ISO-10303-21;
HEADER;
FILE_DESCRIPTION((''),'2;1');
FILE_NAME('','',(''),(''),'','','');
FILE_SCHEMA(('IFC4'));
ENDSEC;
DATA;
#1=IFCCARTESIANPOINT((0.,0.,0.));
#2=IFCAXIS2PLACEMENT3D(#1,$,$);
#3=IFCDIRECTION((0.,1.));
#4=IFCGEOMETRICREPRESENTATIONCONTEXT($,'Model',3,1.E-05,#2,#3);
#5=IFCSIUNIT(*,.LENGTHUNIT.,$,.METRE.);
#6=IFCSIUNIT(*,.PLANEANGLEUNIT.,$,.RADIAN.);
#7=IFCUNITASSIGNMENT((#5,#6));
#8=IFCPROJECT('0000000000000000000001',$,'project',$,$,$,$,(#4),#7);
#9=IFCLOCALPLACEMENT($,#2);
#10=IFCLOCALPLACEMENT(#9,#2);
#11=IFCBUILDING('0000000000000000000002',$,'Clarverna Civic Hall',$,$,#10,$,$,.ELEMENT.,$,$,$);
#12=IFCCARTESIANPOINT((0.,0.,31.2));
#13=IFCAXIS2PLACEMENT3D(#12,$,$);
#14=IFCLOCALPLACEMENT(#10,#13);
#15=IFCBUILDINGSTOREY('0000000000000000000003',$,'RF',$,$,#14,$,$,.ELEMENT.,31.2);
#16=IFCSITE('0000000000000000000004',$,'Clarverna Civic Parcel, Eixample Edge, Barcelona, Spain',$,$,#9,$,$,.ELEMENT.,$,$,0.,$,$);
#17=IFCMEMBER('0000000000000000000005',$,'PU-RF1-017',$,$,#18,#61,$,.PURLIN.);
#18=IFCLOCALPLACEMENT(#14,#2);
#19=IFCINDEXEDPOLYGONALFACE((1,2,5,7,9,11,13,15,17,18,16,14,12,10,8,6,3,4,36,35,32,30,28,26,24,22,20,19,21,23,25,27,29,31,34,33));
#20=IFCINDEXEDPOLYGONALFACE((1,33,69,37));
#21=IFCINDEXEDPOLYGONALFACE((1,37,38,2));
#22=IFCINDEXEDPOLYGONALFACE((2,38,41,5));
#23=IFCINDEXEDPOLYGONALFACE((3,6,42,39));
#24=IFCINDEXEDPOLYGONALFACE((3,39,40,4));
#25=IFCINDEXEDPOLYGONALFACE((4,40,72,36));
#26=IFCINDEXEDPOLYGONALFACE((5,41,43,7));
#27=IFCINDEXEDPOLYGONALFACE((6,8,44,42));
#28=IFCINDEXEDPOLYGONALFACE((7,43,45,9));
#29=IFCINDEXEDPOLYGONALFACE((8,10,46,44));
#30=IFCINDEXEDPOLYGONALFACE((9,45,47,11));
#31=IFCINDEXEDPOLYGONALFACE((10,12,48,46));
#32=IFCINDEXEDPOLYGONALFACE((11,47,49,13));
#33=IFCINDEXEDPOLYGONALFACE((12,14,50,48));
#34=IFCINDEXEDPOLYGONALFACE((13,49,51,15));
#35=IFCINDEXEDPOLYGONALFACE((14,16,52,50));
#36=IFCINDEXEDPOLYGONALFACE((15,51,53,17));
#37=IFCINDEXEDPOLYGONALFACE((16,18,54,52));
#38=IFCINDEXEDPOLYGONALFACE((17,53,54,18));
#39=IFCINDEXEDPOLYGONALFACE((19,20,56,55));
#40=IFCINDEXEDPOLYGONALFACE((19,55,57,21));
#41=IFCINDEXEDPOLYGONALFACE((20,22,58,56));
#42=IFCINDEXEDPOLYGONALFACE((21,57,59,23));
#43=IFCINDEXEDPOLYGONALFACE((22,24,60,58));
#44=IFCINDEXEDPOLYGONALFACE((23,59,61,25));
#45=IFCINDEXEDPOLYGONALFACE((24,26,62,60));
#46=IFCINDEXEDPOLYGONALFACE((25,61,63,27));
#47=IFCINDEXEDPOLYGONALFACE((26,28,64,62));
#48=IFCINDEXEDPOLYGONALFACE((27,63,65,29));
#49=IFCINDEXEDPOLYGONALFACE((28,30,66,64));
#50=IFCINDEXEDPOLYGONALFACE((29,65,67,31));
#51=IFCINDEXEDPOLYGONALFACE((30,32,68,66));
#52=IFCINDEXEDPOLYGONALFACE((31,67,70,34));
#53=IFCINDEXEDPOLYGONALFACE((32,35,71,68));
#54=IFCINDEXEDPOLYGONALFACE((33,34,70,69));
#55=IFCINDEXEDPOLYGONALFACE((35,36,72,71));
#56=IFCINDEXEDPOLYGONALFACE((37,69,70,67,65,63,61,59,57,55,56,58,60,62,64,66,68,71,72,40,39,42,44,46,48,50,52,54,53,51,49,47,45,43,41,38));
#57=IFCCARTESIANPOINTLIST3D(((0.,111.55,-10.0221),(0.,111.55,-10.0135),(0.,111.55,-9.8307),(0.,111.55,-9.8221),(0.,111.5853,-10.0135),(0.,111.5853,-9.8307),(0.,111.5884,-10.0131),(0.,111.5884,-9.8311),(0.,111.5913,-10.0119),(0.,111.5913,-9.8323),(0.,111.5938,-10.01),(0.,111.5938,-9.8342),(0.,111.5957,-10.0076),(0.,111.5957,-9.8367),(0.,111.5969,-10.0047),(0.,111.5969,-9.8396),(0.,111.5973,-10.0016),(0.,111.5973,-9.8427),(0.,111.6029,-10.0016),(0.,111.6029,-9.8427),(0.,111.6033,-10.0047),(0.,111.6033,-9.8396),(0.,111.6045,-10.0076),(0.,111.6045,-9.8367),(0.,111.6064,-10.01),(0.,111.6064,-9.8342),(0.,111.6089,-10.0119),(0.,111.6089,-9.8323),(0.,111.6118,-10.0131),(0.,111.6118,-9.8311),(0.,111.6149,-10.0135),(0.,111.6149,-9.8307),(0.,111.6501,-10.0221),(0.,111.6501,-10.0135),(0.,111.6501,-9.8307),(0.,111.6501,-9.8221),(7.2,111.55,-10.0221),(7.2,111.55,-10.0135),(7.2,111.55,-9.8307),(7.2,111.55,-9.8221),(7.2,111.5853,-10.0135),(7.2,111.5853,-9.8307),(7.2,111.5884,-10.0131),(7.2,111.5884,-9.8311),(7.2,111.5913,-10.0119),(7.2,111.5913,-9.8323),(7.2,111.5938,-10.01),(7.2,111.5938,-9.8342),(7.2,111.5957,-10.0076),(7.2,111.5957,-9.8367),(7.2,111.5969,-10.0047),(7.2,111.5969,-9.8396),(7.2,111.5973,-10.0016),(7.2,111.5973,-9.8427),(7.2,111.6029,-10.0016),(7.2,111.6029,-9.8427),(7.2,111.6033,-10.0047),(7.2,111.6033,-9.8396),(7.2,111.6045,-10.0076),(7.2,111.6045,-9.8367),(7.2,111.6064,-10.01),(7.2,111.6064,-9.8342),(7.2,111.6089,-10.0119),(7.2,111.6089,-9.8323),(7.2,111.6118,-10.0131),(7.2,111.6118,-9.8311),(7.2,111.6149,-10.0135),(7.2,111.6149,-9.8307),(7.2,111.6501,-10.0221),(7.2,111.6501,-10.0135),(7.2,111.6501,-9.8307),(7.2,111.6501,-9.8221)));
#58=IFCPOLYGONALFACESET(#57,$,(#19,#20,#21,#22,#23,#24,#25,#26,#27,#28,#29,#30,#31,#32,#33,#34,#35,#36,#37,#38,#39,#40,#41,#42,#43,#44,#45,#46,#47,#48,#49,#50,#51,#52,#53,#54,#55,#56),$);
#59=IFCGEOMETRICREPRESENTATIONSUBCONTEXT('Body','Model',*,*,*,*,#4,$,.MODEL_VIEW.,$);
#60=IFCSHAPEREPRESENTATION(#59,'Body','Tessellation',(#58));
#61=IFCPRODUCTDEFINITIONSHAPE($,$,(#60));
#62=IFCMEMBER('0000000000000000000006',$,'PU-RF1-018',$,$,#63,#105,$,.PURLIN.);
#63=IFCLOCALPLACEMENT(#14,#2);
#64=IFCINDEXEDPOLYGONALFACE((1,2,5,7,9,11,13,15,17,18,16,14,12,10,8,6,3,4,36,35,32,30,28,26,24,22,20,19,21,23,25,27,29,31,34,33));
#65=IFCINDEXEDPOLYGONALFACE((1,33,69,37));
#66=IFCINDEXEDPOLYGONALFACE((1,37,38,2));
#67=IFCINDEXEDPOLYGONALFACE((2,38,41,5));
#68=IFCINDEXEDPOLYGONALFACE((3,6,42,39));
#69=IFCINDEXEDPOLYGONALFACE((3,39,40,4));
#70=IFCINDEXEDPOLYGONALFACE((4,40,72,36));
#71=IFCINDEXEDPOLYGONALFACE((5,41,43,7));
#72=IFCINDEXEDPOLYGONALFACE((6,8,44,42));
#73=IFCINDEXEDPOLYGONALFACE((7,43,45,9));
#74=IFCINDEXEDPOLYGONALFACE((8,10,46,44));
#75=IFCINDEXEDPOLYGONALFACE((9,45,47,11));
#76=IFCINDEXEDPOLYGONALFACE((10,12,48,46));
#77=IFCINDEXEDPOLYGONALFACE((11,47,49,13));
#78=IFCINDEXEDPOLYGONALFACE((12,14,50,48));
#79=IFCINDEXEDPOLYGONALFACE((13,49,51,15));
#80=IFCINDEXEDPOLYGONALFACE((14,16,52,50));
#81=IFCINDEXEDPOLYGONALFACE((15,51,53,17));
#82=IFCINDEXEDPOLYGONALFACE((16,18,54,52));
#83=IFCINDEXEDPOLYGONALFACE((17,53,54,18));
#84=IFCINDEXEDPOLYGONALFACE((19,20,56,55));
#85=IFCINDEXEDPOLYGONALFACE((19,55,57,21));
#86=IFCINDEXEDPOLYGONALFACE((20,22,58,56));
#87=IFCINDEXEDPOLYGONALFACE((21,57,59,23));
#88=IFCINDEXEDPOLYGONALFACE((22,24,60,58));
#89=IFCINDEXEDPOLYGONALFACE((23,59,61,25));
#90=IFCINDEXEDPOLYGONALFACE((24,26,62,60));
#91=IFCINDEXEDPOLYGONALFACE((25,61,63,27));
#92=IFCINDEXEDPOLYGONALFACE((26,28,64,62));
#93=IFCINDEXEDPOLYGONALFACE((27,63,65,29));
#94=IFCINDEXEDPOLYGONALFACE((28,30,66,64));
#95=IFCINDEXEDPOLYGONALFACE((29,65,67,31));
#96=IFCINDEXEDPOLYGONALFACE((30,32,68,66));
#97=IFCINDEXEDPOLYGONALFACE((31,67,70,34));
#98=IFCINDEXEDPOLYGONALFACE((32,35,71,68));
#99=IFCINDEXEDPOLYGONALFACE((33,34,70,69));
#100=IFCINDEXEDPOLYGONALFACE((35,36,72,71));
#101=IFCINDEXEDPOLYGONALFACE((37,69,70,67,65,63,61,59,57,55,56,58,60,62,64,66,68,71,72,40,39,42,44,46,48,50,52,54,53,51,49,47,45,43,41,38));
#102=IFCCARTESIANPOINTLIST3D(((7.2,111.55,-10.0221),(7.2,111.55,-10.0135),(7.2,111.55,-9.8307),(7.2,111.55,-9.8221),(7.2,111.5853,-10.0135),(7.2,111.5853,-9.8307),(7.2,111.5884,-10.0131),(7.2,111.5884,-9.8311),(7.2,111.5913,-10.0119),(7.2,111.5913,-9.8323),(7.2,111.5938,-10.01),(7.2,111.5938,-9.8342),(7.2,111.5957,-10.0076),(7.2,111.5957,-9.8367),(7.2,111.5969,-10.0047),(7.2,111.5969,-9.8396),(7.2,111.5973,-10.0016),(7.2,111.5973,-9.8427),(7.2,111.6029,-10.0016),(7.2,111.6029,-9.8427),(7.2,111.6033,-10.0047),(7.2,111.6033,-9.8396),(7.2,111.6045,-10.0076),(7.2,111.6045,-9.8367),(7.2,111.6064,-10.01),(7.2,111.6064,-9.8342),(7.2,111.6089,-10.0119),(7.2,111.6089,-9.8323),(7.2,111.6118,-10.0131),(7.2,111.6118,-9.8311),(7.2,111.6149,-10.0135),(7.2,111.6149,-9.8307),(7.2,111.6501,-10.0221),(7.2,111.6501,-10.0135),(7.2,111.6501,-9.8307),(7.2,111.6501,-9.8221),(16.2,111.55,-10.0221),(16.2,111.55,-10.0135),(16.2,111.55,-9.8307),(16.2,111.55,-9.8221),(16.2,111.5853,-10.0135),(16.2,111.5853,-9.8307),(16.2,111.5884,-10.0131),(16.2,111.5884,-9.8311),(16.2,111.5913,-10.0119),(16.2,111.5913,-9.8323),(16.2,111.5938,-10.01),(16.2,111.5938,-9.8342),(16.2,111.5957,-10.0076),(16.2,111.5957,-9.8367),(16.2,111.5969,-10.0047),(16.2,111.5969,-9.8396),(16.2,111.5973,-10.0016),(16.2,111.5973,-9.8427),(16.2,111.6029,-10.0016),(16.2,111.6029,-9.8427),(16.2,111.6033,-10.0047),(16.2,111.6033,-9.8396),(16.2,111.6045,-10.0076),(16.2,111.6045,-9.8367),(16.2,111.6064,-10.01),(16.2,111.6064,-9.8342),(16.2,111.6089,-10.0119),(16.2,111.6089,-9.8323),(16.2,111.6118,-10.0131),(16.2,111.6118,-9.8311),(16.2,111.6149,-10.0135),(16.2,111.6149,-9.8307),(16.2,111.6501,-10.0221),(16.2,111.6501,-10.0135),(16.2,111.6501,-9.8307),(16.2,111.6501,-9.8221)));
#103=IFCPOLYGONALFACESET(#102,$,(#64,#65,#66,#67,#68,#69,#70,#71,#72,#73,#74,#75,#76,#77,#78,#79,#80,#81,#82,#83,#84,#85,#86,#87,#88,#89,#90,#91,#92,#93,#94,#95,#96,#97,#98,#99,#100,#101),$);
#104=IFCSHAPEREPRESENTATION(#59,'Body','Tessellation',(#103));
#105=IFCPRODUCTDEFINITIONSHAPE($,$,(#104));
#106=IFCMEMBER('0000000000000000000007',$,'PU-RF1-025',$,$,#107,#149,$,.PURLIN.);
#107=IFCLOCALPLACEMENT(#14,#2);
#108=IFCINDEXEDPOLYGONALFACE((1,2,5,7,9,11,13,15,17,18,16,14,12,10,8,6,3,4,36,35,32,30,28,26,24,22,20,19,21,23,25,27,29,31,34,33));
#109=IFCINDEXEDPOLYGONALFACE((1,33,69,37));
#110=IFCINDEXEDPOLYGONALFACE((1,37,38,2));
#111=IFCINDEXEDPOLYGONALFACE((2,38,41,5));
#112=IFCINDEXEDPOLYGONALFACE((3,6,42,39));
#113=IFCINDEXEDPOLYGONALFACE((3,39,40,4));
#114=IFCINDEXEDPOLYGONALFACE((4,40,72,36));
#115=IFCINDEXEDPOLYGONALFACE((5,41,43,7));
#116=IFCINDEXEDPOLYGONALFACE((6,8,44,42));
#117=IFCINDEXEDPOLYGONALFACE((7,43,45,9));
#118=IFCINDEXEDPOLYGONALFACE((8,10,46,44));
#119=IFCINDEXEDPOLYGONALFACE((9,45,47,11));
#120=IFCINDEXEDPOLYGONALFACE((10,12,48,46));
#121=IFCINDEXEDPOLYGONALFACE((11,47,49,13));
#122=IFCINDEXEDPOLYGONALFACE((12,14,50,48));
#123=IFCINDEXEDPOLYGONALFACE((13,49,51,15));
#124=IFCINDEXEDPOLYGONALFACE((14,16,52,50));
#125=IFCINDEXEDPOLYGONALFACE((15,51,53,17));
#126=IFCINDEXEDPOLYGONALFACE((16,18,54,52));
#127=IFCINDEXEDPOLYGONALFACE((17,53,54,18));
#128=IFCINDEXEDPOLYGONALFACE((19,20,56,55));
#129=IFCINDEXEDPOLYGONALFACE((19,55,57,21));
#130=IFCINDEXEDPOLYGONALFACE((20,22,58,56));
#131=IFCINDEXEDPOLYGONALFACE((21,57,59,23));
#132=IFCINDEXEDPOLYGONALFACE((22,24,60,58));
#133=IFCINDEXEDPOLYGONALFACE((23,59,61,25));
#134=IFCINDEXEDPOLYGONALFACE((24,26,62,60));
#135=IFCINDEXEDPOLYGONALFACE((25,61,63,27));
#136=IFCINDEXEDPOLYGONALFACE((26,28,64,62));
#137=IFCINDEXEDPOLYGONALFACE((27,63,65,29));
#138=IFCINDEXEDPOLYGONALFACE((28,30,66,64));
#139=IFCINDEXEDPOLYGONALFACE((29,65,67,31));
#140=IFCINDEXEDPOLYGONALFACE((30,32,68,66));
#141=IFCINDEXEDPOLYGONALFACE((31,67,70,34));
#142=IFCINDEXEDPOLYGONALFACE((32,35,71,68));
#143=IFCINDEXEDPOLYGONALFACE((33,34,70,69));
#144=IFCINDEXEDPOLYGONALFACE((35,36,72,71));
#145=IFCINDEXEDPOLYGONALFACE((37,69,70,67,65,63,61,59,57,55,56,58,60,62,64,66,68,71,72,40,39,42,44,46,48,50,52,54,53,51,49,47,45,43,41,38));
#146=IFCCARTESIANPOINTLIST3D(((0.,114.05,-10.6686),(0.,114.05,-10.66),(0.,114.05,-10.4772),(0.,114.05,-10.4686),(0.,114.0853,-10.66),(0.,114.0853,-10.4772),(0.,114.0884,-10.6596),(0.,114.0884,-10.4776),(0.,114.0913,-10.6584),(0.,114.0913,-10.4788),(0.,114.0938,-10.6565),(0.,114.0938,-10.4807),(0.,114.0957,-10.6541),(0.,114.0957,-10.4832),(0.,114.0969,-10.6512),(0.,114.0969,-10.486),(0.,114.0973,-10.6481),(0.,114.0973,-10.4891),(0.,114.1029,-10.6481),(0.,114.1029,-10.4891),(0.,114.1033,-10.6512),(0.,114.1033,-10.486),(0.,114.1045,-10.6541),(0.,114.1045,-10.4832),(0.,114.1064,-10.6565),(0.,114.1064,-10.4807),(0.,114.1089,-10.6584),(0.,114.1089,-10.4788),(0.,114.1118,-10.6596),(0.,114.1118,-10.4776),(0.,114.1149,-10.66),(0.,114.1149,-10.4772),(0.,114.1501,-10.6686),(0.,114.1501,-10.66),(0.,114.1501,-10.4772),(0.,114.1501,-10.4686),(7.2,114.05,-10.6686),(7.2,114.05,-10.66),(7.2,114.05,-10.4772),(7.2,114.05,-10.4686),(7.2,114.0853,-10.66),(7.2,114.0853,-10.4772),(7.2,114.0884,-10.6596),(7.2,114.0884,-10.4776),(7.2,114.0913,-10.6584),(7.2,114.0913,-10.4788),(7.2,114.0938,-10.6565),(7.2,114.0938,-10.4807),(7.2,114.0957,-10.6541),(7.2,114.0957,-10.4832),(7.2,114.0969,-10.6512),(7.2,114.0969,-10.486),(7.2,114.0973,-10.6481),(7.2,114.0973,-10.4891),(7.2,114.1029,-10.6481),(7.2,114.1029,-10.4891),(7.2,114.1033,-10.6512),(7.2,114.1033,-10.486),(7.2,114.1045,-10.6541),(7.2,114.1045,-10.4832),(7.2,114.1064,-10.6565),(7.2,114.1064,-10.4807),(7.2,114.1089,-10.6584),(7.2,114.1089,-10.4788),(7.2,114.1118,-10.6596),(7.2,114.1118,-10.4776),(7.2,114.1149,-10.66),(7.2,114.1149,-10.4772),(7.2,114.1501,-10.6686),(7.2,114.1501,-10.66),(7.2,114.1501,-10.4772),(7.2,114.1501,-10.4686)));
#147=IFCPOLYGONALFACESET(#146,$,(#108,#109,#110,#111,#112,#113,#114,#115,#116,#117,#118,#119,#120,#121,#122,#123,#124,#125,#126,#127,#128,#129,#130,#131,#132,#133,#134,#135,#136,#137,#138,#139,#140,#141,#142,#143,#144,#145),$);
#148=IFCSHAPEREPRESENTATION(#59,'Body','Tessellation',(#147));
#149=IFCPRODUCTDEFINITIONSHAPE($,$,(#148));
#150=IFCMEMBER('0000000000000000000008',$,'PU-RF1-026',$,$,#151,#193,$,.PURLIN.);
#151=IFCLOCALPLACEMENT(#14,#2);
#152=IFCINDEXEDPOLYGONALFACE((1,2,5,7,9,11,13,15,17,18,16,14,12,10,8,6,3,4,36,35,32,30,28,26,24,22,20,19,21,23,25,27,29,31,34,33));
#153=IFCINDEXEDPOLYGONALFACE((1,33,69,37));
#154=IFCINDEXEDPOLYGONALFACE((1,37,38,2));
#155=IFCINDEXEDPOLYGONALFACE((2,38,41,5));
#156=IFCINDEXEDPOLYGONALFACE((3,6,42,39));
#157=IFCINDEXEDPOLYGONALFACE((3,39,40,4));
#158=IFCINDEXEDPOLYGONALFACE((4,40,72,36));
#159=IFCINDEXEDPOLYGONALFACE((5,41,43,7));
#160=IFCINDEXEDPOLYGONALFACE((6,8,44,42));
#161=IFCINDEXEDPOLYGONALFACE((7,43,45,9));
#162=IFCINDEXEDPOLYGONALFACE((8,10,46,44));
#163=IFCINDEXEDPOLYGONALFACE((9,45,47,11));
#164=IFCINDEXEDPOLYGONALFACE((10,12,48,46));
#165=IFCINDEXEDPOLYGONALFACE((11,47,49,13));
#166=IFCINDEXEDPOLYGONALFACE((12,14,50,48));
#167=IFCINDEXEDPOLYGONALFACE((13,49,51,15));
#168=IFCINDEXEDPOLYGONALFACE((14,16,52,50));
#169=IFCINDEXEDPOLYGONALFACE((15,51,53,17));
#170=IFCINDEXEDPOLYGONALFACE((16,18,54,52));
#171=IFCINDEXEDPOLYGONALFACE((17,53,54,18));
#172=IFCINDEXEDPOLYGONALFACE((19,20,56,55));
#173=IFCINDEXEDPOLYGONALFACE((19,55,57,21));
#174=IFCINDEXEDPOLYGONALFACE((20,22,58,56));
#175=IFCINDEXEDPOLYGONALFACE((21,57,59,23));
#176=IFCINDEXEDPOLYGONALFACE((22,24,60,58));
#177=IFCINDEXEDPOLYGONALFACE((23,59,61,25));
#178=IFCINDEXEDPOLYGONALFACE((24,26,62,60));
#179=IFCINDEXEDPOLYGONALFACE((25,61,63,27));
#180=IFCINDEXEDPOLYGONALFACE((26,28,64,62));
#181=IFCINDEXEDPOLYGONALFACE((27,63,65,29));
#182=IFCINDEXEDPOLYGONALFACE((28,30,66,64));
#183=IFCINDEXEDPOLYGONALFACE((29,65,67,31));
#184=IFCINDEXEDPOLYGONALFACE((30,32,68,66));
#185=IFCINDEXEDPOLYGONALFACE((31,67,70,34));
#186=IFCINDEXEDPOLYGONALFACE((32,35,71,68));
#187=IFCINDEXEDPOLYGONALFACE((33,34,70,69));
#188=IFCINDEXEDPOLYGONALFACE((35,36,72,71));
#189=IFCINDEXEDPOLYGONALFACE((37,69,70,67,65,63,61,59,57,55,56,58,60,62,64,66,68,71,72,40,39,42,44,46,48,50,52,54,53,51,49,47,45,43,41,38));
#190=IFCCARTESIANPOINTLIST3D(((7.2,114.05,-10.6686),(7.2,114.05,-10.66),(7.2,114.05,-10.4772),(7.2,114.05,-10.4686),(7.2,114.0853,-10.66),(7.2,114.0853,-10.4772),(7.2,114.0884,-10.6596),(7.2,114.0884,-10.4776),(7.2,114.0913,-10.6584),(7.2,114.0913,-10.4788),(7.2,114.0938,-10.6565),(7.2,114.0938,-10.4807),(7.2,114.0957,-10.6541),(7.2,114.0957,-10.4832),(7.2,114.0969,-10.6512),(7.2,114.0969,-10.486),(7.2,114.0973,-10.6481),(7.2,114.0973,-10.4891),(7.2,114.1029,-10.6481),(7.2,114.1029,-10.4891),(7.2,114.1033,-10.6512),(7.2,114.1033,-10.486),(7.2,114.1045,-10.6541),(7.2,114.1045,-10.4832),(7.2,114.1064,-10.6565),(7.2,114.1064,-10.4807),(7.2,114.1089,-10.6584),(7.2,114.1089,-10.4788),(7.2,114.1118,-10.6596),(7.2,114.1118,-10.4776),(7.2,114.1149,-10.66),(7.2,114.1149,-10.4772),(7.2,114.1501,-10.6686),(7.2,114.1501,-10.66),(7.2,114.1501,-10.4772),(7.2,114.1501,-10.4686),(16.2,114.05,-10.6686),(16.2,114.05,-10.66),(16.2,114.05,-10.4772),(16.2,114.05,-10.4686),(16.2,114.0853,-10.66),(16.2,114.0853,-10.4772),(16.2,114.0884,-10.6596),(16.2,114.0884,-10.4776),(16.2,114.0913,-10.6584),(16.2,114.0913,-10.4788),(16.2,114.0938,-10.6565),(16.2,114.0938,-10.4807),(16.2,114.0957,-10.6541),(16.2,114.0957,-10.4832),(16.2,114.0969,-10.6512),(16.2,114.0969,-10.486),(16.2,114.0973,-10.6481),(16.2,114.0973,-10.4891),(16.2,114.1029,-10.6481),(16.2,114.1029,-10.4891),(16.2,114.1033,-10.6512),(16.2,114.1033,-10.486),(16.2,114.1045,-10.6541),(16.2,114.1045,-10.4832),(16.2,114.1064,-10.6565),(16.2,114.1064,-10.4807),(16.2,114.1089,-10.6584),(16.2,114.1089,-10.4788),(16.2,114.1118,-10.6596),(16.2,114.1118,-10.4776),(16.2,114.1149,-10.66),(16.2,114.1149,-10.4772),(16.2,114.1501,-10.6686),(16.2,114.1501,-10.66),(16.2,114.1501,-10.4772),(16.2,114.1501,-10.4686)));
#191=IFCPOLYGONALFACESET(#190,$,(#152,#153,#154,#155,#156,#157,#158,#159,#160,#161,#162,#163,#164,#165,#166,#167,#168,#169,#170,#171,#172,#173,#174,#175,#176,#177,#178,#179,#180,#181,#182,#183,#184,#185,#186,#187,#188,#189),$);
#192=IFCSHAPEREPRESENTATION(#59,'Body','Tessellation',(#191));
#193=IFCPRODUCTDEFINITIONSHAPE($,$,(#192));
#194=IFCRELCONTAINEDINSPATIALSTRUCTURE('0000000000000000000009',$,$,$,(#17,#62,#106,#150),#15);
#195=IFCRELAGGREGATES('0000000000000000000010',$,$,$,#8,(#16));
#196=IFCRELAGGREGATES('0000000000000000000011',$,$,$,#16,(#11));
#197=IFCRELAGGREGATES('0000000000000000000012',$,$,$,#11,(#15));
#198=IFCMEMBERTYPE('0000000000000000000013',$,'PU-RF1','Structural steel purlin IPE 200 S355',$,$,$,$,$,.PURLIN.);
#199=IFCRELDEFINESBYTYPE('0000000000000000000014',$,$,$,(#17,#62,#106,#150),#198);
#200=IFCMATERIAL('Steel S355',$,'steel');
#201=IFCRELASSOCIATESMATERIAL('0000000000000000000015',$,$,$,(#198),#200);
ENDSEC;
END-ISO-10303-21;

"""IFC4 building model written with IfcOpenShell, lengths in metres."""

from ifc_helpers import new_model, si_unit, direction, frame, origin, origin_2d, place, context, subcontext, project, spatial, i_section, extrude, material, material_profile, profile_set, type_object, element, save


model = new_model("IFC4")

# Units and contexts
model_context = context("Model", 3, precision=1e-05, world=origin(), true_north=direction((0.0, 1.0)))
body_context = subcontext(model_context, "Body", "Model", "MODEL_VIEW")
ifc_project = project(units=[si_unit("LENGTHUNIT", "METRE"), si_unit("PLANEANGLEUNIT", "RADIAN")], contexts=[model_context])

# Site, building, storey
site_placement = place(None, origin())
site = spatial("IfcSite", under=ifc_project, at=site_placement, Name="Clarverna Civic Parcel, Eixample Edge, Barcelona, Spain", CompositionType="ELEMENT", RefElevation=0.0)
building_placement = place(site_placement, origin())
building = spatial("IfcBuilding", under=site, at=building_placement, Name="Clarverna Civic Hall", CompositionType="ELEMENT")
storey_placement = place(building_placement, frame((0.0, 0.0, 31.2)))
storey = spatial("IfcBuildingStorey", under=building, at=storey_placement, Name="RF", CompositionType="ELEMENT", Elevation=31.2)

# Members
ifc_material_1 = material(Name="Steel S355", Category="steel")
ifc_material_profile_1 = material_profile(ifc_material_1, i_section(OverallWidth=0.1001, OverallDepth=0.2, WebThickness=0.0056, FlangeThickness=0.0085, FilletRadius=0.012, at=origin_2d()), Name="IPE 200")
ifc_profile_set_1 = profile_set([ifc_material_profile_1], Name="Steel S355")
member_type_1 = type_object("IfcMemberType", Name="PU-RF1", Description="Structural steel purlin IPE 200 S355", PredefinedType="PURLIN", material=ifc_profile_set_1)
member_1_placement = place(storey_placement, frame((0.0, 111.6001, -9.9221), z_axis=(1.0, 0.0, 0.0), x_axis=(0.0, 1.0, 0.0)))
element("IfcMember", 1, at=member_1_placement, inside=storey, type_object=member_type_1, Name="PU-RF1-017", PredefinedType="PURLIN", context=body_context, shape_type="SweptSolid", body=[
    extrude(i_section(OverallWidth=0.1001, OverallDepth=0.2, WebThickness=0.0056, FlangeThickness=0.0085, FilletRadius=0.012, at=origin_2d()), origin(), (0.0, 0.0, 1.0), 7.2),
])
member_2_placement = place(storey_placement, frame((7.2, 111.6001, -9.9221), z_axis=(1.0, 0.0, 0.0), x_axis=(0.0, 1.0, 0.0)))
element("IfcMember", 2, at=member_2_placement, inside=storey, type_object=member_type_1, Name="PU-RF1-018", PredefinedType="PURLIN", context=body_context, shape_type="SweptSolid", body=[
    extrude(i_section(OverallWidth=0.1001, OverallDepth=0.2, WebThickness=0.0056, FlangeThickness=0.0085, FilletRadius=0.012, at=origin_2d()), origin(), (0.0, 0.0, 1.0), 9.0),
])
member_3_placement = place(storey_placement, frame((0.0, 114.1001, -10.5686), z_axis=(1.0, 0.0, 0.0), x_axis=(0.0, 1.0, 0.0)))
element("IfcMember", 3, at=member_3_placement, inside=storey, type_object=member_type_1, Name="PU-RF1-025", PredefinedType="PURLIN", context=body_context, shape_type="SweptSolid", body=[
    extrude(i_section(OverallWidth=0.1001, OverallDepth=0.2, WebThickness=0.0056, FlangeThickness=0.0085, FilletRadius=0.012, at=origin_2d()), origin(), (0.0, 0.0, 1.0), 7.2),
])
member_4_placement = place(storey_placement, frame((7.2, 114.1001, -10.5686), z_axis=(1.0, 0.0, 0.0), x_axis=(0.0, 1.0, 0.0)))
element("IfcMember", 4, at=member_4_placement, inside=storey, type_object=member_type_1, Name="PU-RF1-026", PredefinedType="PURLIN", context=body_context, shape_type="SweptSolid", body=[
    extrude(i_section(OverallWidth=0.1001, OverallDepth=0.2, WebThickness=0.0056, FlangeThickness=0.0085, FilletRadius=0.012, at=origin_2d()), origin(), (0.0, 0.0, 1.0), 9.0),
])

save(model, "model.ifc")
